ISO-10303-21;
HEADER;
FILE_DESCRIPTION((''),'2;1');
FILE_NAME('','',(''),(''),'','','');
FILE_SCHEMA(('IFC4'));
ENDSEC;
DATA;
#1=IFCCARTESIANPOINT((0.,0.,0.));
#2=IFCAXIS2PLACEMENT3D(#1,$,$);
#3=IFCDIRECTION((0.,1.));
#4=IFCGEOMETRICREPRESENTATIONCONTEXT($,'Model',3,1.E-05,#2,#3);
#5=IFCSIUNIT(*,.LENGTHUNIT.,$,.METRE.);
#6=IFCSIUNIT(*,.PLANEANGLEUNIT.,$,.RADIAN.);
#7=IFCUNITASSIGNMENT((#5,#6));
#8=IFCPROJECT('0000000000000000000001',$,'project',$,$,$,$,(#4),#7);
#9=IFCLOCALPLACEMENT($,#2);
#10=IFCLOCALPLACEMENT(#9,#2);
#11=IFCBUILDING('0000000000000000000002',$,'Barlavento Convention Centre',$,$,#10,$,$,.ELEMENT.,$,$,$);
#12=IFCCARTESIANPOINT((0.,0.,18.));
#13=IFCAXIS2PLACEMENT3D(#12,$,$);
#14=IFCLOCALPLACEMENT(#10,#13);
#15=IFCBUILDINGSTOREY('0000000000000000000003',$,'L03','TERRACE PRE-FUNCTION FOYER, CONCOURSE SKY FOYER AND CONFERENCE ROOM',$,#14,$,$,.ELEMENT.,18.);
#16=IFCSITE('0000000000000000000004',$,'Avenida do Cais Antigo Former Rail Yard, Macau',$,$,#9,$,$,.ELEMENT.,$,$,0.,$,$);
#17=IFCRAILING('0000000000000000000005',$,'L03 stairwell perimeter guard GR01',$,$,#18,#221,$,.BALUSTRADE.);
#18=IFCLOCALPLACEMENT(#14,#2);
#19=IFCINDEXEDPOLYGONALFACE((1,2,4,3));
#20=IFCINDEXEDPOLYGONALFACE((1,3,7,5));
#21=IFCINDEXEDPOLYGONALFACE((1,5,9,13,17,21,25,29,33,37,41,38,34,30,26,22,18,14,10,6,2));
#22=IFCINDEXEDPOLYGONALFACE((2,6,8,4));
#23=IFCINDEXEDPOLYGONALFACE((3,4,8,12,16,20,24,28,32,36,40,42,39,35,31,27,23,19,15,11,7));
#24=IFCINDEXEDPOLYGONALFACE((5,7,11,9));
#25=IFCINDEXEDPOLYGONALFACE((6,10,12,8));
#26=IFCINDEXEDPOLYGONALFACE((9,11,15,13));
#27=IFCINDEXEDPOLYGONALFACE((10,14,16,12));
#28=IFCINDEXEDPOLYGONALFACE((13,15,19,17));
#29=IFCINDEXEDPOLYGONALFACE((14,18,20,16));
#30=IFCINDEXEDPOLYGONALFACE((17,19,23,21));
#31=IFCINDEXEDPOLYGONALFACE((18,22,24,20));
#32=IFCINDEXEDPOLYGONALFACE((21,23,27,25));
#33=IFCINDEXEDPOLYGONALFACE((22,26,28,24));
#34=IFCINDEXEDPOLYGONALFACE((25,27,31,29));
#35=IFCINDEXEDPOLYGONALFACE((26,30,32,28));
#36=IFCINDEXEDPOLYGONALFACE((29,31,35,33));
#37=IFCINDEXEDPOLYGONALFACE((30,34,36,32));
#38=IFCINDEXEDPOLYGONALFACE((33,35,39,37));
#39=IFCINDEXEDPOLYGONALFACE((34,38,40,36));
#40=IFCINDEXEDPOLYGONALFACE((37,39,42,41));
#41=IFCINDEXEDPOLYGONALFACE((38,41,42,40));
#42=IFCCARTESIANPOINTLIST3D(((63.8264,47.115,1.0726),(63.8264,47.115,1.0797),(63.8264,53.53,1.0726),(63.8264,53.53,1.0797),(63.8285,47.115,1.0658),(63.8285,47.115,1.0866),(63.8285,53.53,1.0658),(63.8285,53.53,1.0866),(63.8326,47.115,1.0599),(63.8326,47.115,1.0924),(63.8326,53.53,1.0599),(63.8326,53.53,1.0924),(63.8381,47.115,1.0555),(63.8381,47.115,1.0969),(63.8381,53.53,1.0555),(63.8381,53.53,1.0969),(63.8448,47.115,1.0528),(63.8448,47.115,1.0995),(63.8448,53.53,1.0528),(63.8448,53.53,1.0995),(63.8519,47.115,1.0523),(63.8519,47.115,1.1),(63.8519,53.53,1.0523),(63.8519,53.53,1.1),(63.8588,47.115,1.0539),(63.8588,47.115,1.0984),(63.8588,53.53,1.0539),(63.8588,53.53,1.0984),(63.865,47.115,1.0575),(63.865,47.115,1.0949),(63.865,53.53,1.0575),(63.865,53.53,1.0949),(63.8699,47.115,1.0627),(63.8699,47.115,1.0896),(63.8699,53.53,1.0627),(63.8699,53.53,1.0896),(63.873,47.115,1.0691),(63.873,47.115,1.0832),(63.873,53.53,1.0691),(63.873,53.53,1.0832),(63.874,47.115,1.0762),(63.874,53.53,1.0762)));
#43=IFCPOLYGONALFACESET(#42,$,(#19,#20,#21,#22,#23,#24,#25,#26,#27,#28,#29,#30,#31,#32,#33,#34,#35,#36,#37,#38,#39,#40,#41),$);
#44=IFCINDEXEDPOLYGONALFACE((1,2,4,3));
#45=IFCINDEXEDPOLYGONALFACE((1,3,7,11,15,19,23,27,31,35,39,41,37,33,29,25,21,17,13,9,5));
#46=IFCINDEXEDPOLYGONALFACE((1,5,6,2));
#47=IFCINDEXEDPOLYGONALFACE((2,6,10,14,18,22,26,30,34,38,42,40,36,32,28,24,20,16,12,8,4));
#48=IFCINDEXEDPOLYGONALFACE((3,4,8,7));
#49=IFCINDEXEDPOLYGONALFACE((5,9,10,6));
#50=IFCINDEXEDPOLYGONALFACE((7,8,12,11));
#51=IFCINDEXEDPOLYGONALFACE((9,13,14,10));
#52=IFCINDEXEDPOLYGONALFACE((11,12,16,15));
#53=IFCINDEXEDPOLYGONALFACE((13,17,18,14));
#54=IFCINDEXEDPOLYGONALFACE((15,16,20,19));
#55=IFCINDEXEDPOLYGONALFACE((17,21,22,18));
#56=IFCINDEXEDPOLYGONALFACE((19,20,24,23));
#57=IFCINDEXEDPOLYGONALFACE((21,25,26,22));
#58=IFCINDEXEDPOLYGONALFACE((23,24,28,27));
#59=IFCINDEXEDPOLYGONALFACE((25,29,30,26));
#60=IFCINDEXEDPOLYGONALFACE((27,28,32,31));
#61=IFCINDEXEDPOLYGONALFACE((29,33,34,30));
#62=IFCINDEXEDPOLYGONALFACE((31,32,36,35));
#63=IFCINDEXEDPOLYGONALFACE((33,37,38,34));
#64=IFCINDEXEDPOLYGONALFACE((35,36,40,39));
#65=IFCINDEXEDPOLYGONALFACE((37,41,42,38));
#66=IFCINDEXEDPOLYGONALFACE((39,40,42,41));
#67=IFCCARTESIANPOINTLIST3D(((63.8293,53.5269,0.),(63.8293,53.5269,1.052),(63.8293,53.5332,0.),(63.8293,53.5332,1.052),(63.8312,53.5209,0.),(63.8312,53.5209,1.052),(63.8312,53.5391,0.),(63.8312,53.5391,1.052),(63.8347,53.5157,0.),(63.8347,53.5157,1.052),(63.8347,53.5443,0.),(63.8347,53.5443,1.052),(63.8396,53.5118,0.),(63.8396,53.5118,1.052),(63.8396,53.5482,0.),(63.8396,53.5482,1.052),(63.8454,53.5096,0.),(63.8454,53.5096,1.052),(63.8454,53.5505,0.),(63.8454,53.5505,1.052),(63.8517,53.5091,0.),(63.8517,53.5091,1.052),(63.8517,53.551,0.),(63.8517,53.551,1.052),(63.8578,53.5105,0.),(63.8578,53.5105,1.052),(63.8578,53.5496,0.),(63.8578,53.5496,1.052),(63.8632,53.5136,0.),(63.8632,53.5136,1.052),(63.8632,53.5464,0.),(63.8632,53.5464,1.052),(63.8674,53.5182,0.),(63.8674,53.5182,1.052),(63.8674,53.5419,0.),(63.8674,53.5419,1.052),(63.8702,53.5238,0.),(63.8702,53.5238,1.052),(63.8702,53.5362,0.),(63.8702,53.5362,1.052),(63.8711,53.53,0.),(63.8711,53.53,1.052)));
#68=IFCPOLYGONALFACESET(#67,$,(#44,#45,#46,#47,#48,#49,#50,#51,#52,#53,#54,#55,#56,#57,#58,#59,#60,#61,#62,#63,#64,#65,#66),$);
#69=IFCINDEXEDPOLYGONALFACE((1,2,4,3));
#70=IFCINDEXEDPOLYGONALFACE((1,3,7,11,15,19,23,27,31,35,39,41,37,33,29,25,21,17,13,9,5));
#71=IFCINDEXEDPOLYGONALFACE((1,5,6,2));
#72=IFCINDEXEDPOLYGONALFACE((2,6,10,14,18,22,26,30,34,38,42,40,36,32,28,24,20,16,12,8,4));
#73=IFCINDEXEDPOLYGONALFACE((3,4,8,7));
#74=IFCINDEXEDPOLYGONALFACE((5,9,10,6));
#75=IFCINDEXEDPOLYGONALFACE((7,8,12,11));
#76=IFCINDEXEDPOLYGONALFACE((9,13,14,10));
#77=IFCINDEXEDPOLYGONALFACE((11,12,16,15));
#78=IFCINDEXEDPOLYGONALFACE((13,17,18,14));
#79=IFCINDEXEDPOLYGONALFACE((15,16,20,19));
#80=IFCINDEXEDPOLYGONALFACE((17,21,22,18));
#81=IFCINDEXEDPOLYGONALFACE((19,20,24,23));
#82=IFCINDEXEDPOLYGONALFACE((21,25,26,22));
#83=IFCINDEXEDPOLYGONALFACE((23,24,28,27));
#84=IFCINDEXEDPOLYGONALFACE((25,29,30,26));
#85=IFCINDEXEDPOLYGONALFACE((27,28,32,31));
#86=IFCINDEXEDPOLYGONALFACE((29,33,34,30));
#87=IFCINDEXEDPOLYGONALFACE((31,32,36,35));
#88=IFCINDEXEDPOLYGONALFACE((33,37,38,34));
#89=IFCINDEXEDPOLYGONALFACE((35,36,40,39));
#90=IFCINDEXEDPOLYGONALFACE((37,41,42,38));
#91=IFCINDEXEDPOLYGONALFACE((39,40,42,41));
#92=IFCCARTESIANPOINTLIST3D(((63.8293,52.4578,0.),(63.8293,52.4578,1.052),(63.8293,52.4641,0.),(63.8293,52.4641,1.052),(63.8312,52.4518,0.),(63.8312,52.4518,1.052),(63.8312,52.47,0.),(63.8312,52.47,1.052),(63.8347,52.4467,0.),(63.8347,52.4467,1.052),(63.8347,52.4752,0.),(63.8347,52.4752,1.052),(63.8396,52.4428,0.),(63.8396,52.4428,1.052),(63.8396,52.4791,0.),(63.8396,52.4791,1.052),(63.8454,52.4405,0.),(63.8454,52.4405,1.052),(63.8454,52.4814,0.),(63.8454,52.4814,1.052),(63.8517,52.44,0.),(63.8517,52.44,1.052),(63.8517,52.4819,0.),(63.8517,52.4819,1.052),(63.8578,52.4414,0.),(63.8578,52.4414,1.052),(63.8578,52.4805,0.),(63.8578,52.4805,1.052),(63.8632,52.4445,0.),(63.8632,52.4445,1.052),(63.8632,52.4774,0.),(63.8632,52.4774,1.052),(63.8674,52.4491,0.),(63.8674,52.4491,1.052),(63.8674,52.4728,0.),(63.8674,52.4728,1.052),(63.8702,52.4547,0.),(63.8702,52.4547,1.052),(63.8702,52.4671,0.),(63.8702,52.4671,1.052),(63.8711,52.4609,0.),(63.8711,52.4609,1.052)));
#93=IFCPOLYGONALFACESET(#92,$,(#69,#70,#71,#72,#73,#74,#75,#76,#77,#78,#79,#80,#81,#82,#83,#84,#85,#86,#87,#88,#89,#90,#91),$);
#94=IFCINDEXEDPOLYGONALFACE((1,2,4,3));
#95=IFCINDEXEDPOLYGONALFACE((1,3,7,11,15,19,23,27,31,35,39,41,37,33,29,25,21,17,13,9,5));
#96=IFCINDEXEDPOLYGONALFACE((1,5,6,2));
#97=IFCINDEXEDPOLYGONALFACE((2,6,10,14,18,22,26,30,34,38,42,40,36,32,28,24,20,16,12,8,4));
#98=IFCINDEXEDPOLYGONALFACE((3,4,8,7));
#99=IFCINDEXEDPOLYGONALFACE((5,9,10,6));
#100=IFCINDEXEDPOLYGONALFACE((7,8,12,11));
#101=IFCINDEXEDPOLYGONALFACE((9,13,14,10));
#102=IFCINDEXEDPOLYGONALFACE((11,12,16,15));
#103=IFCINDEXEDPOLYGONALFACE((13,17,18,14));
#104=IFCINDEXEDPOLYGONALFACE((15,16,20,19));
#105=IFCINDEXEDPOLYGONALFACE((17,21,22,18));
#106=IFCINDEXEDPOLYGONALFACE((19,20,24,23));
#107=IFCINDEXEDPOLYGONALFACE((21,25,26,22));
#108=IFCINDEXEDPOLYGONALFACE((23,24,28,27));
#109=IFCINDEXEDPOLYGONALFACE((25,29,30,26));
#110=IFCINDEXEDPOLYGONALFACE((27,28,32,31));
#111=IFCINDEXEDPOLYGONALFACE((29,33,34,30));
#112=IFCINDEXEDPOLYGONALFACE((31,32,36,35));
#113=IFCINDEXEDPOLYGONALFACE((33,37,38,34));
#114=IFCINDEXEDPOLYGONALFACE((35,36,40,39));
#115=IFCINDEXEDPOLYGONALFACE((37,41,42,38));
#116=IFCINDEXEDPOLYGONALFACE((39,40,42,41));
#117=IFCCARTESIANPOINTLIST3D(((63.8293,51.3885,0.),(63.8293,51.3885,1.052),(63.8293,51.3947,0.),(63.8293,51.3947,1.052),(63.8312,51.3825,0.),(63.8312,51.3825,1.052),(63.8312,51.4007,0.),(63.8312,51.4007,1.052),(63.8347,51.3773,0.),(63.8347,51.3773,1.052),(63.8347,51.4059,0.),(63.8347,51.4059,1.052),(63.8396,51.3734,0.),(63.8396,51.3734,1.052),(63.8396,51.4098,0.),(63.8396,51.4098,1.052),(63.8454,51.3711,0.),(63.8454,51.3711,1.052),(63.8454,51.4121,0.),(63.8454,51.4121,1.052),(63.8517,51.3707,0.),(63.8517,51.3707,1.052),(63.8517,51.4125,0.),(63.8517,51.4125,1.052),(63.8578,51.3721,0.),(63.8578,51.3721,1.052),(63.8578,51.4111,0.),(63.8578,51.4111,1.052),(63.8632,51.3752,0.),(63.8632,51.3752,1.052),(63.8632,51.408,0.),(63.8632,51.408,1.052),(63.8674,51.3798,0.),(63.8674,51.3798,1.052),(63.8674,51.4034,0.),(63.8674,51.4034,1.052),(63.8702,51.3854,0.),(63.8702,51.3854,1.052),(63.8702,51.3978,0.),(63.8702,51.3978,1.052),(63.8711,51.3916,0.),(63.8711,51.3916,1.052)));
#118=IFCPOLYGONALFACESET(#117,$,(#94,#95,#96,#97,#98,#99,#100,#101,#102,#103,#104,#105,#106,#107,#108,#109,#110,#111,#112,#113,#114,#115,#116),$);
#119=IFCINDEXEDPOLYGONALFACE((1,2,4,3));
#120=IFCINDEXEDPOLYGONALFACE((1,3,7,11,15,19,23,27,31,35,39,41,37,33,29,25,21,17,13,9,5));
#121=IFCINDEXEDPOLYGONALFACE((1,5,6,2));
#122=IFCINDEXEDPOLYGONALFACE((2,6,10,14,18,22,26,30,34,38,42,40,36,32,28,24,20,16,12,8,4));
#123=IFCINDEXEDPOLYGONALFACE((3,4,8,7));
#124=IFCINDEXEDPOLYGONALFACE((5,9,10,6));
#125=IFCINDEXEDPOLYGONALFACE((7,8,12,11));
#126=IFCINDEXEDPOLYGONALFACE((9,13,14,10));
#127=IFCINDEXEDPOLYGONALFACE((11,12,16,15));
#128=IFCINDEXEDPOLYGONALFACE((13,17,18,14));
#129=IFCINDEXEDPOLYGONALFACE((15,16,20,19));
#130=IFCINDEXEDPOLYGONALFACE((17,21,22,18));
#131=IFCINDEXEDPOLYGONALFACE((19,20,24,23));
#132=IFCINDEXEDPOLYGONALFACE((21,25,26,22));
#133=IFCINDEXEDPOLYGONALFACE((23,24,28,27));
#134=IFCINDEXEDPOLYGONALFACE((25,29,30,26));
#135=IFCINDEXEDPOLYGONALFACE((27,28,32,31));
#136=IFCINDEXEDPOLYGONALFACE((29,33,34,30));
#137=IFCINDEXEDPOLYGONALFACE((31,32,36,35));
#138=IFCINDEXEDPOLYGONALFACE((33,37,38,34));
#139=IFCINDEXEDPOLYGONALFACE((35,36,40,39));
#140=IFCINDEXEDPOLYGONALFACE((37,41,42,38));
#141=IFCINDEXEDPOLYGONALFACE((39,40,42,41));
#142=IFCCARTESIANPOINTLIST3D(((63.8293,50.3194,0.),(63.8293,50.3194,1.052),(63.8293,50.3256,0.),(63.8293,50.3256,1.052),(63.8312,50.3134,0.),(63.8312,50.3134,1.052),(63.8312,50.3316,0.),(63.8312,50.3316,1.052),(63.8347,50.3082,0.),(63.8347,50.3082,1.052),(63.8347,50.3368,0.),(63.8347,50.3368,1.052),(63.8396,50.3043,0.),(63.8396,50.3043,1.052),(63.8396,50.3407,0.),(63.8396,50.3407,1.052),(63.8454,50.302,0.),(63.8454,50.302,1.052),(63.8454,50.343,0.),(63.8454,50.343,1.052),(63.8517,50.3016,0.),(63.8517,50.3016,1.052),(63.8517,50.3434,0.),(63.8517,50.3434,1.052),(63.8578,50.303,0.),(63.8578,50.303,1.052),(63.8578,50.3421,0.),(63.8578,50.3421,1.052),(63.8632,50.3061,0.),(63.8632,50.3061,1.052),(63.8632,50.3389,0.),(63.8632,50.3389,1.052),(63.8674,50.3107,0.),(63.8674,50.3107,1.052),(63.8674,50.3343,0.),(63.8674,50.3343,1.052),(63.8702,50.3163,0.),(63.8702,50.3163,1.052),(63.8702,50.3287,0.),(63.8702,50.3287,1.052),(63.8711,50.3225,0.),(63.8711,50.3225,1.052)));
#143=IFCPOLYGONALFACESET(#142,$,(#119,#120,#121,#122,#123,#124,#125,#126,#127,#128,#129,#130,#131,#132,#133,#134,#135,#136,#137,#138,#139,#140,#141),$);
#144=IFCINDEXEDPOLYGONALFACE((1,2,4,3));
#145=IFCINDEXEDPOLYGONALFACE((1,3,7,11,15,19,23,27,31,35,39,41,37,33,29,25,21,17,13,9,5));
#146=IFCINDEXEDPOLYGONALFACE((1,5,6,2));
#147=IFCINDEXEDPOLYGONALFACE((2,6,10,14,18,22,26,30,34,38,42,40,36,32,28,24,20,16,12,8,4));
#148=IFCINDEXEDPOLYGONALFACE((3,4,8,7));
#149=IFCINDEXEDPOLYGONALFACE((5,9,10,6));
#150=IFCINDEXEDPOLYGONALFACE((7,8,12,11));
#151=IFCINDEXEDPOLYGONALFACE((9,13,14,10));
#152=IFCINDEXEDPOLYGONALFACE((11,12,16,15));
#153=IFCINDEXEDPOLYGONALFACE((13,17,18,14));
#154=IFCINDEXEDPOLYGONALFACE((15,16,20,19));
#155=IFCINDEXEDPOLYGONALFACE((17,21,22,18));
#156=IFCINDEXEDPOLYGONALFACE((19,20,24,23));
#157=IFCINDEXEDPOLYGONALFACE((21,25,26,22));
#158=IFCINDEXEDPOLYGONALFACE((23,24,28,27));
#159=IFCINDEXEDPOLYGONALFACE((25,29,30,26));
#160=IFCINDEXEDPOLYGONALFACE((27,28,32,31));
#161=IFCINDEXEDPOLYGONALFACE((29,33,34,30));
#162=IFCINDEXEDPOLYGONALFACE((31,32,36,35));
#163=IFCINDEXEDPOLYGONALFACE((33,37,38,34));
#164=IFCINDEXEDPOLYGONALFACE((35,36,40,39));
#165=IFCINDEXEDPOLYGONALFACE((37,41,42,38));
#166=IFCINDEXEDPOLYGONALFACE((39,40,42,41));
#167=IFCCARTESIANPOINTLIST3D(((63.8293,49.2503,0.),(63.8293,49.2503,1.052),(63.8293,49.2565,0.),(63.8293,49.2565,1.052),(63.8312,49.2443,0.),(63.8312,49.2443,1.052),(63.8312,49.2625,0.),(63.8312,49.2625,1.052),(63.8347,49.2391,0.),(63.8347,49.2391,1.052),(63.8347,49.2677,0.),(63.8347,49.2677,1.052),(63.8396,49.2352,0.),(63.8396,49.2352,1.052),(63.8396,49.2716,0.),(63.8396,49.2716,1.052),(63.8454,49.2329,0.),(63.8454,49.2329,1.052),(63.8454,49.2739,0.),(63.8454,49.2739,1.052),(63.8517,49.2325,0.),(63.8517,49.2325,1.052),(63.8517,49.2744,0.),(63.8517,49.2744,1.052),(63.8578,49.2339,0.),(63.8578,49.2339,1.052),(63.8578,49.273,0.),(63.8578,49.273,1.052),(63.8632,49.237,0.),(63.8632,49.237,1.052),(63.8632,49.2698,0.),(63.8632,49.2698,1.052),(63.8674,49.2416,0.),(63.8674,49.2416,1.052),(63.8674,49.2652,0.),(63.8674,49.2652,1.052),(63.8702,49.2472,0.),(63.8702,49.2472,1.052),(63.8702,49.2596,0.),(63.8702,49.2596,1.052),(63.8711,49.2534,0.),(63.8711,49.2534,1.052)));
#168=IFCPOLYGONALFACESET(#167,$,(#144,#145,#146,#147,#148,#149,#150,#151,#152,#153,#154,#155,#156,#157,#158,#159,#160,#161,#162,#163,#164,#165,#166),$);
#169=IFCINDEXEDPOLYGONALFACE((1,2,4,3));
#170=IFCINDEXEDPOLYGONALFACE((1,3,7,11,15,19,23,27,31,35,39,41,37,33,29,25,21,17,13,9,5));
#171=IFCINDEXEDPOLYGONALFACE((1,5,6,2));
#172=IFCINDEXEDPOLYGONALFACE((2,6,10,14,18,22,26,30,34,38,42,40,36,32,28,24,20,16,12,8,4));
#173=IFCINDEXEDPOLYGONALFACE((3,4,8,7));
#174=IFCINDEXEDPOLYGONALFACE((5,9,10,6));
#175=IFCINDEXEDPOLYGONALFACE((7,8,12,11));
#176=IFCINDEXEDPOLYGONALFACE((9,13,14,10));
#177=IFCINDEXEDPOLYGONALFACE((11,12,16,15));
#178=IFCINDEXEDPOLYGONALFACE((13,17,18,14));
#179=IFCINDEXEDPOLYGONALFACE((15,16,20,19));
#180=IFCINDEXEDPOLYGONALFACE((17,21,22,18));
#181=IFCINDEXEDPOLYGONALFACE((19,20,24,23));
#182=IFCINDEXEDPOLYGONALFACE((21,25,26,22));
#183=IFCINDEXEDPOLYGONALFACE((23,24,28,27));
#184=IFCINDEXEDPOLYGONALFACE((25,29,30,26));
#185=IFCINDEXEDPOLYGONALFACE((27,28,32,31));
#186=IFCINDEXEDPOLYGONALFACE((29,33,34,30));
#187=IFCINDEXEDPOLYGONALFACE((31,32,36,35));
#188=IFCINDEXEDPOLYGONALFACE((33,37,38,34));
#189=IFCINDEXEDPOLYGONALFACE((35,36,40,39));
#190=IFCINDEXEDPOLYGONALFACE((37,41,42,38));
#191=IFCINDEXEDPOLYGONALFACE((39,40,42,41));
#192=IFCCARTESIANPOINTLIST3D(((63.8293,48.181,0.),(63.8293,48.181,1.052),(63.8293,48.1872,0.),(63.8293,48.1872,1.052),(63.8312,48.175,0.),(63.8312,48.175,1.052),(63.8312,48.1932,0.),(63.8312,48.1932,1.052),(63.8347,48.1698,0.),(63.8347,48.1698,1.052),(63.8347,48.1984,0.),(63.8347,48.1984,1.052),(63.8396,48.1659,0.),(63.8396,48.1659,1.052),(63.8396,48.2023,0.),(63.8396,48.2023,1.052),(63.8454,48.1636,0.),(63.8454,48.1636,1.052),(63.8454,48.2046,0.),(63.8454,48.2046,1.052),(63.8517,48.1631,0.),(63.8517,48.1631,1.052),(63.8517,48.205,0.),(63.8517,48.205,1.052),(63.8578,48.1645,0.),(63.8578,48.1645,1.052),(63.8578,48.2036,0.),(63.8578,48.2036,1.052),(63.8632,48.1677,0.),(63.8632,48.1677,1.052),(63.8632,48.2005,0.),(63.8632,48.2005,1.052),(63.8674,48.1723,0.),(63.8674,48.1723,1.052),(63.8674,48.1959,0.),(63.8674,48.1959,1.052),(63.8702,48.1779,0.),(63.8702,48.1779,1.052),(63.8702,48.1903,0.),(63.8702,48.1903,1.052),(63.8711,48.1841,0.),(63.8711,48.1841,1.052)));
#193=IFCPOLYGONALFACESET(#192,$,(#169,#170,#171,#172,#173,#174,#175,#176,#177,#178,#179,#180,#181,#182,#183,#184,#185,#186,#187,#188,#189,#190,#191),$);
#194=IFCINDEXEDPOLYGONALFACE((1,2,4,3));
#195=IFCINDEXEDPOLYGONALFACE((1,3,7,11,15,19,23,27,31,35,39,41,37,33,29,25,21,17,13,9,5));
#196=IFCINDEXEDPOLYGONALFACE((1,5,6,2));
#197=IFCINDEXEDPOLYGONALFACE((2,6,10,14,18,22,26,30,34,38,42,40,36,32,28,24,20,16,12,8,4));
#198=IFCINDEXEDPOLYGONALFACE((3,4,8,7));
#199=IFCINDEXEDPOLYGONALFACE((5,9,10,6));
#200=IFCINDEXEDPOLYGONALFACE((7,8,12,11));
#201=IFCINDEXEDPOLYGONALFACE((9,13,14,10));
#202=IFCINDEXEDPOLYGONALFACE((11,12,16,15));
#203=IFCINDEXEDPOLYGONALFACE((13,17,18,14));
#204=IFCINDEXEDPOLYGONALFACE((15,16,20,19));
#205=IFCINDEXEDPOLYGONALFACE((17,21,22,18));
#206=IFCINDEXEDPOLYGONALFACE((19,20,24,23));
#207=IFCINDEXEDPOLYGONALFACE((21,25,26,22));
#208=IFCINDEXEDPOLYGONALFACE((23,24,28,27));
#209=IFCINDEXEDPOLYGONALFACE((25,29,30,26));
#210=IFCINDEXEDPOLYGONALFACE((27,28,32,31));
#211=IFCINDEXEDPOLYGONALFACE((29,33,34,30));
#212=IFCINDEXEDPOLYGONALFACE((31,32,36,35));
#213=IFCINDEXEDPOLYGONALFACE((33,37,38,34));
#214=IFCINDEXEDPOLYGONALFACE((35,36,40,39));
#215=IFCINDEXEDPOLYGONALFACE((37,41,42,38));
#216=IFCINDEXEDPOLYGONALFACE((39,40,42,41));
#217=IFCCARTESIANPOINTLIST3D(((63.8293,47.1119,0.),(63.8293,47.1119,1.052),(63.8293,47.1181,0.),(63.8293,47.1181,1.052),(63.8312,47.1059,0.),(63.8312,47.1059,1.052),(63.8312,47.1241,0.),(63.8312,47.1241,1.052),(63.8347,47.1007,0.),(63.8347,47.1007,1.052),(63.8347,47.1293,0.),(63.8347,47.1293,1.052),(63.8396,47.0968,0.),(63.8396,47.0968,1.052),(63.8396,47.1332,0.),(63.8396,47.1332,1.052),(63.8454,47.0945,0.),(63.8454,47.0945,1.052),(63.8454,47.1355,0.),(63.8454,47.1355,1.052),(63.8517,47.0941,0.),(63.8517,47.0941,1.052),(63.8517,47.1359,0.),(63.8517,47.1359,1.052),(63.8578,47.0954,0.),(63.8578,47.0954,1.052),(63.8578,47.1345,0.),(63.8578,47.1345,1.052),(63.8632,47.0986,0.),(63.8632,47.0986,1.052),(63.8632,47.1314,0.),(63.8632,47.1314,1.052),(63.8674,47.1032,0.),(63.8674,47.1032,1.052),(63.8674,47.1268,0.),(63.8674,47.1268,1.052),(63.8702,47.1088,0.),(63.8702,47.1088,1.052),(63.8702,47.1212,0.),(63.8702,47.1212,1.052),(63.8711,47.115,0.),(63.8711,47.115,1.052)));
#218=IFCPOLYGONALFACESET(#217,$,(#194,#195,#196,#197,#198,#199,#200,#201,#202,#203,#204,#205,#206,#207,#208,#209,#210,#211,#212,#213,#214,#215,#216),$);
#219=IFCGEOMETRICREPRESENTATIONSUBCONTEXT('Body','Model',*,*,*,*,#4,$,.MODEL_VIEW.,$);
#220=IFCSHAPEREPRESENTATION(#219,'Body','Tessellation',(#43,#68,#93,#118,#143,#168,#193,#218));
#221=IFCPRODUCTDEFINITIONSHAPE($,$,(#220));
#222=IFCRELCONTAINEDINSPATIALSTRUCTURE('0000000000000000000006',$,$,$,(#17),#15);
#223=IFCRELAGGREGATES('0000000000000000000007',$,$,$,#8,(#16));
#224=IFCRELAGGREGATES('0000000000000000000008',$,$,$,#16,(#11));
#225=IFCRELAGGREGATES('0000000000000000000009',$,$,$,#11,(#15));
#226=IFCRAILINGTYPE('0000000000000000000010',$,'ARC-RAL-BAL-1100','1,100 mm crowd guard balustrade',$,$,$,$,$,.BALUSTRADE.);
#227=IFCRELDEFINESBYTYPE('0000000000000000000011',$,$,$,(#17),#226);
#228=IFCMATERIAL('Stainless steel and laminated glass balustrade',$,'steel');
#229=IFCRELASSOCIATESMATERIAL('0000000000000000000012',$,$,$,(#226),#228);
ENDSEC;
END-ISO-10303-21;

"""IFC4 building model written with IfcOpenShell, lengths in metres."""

from ifc_helpers import new_model, si_unit, direction, frame, origin, origin_2d, place, context, subcontext, project, spatial, circle, extrude, material, type_object, element, save


model = new_model("IFC4")

# Units and contexts
model_context = context("Model", 3, precision=1e-05, world=origin(), true_north=direction((0.0, 1.0)))
body_context = subcontext(model_context, "Body", "Model", "MODEL_VIEW")
ifc_project = project(units=[si_unit("LENGTHUNIT", "METRE"), si_unit("PLANEANGLEUNIT", "RADIAN")], contexts=[model_context])

# Site, building, storey
site_placement = place(None, origin())
site = spatial("IfcSite", under=ifc_project, at=site_placement, Name="Avenida do Cais Antigo Former Rail Yard, Macau", CompositionType="ELEMENT", RefElevation=0.0)
building_placement = place(site_placement, origin())
building = spatial("IfcBuilding", under=site, at=building_placement, Name="Barlavento Convention Centre", CompositionType="ELEMENT")
storey_placement = place(building_placement, frame((0.0, 0.0, 18.0)))
storey = spatial("IfcBuildingStorey", under=building, at=storey_placement, Name="L03", Description="TERRACE PRE-FUNCTION FOYER, CONCOURSE SKY FOYER AND CONFERENCE ROOM", CompositionType="ELEMENT", Elevation=18.0)

# Railing
ifc_material_1 = material(Name="Stainless steel and laminated glass balustrade", Category="steel")
railing_type = type_object("IfcRailingType", Name="ARC-RAL-BAL-1100", Description="1,100 mm crowd guard balustrade", PredefinedType="BALUSTRADE", material=ifc_material_1)
railing_placement = place(storey_placement, frame((63.8501, 53.53, 0.0)))
element("IfcRailing", 1, at=railing_placement, inside=storey, type_object=railing_type, Name="L03 stairwell perimeter guard GR01", PredefinedType="BALUSTRADE", context=body_context, shape_type="SweptSolid", body=[
    extrude(circle(Radius=0.0239, at=origin_2d()), frame((0.0, 0.0, 1.0762), z_axis=(0.0, -1.0, 0.0), x_axis=(1.0, 0.0, 0.0)), (0.0, 0.0, 1.0), 6.415),
    extrude(circle(Radius=0.021, at=origin_2d()), origin(), (0.0, 0.0, 1.0), 1.052),
    extrude(circle(Radius=0.021, at=origin_2d()), frame((0.0, -1.0691, 0.0)), (0.0, 0.0, 1.0), 1.052),
    extrude(circle(Radius=0.021, at=origin_2d()), frame((0.0, -2.1384, 0.0)), (0.0, 0.0, 1.0), 1.052),
    extrude(circle(Radius=0.021, at=origin_2d()), frame((0.0, -3.2075, 0.0)), (0.0, 0.0, 1.0), 1.052),
    extrude(circle(Radius=0.021, at=origin_2d()), frame((0.0, -4.2766, 0.0)), (0.0, 0.0, 1.0), 1.052),
    extrude(circle(Radius=0.021, at=origin_2d()), frame((0.0, -5.3459, 0.0)), (0.0, 0.0, 1.0), 1.052),
    extrude(circle(Radius=0.021, at=origin_2d()), frame((0.0, -6.415, 0.0)), (0.0, 0.0, 1.0), 1.052),
])

save(model, "model.ifc")
